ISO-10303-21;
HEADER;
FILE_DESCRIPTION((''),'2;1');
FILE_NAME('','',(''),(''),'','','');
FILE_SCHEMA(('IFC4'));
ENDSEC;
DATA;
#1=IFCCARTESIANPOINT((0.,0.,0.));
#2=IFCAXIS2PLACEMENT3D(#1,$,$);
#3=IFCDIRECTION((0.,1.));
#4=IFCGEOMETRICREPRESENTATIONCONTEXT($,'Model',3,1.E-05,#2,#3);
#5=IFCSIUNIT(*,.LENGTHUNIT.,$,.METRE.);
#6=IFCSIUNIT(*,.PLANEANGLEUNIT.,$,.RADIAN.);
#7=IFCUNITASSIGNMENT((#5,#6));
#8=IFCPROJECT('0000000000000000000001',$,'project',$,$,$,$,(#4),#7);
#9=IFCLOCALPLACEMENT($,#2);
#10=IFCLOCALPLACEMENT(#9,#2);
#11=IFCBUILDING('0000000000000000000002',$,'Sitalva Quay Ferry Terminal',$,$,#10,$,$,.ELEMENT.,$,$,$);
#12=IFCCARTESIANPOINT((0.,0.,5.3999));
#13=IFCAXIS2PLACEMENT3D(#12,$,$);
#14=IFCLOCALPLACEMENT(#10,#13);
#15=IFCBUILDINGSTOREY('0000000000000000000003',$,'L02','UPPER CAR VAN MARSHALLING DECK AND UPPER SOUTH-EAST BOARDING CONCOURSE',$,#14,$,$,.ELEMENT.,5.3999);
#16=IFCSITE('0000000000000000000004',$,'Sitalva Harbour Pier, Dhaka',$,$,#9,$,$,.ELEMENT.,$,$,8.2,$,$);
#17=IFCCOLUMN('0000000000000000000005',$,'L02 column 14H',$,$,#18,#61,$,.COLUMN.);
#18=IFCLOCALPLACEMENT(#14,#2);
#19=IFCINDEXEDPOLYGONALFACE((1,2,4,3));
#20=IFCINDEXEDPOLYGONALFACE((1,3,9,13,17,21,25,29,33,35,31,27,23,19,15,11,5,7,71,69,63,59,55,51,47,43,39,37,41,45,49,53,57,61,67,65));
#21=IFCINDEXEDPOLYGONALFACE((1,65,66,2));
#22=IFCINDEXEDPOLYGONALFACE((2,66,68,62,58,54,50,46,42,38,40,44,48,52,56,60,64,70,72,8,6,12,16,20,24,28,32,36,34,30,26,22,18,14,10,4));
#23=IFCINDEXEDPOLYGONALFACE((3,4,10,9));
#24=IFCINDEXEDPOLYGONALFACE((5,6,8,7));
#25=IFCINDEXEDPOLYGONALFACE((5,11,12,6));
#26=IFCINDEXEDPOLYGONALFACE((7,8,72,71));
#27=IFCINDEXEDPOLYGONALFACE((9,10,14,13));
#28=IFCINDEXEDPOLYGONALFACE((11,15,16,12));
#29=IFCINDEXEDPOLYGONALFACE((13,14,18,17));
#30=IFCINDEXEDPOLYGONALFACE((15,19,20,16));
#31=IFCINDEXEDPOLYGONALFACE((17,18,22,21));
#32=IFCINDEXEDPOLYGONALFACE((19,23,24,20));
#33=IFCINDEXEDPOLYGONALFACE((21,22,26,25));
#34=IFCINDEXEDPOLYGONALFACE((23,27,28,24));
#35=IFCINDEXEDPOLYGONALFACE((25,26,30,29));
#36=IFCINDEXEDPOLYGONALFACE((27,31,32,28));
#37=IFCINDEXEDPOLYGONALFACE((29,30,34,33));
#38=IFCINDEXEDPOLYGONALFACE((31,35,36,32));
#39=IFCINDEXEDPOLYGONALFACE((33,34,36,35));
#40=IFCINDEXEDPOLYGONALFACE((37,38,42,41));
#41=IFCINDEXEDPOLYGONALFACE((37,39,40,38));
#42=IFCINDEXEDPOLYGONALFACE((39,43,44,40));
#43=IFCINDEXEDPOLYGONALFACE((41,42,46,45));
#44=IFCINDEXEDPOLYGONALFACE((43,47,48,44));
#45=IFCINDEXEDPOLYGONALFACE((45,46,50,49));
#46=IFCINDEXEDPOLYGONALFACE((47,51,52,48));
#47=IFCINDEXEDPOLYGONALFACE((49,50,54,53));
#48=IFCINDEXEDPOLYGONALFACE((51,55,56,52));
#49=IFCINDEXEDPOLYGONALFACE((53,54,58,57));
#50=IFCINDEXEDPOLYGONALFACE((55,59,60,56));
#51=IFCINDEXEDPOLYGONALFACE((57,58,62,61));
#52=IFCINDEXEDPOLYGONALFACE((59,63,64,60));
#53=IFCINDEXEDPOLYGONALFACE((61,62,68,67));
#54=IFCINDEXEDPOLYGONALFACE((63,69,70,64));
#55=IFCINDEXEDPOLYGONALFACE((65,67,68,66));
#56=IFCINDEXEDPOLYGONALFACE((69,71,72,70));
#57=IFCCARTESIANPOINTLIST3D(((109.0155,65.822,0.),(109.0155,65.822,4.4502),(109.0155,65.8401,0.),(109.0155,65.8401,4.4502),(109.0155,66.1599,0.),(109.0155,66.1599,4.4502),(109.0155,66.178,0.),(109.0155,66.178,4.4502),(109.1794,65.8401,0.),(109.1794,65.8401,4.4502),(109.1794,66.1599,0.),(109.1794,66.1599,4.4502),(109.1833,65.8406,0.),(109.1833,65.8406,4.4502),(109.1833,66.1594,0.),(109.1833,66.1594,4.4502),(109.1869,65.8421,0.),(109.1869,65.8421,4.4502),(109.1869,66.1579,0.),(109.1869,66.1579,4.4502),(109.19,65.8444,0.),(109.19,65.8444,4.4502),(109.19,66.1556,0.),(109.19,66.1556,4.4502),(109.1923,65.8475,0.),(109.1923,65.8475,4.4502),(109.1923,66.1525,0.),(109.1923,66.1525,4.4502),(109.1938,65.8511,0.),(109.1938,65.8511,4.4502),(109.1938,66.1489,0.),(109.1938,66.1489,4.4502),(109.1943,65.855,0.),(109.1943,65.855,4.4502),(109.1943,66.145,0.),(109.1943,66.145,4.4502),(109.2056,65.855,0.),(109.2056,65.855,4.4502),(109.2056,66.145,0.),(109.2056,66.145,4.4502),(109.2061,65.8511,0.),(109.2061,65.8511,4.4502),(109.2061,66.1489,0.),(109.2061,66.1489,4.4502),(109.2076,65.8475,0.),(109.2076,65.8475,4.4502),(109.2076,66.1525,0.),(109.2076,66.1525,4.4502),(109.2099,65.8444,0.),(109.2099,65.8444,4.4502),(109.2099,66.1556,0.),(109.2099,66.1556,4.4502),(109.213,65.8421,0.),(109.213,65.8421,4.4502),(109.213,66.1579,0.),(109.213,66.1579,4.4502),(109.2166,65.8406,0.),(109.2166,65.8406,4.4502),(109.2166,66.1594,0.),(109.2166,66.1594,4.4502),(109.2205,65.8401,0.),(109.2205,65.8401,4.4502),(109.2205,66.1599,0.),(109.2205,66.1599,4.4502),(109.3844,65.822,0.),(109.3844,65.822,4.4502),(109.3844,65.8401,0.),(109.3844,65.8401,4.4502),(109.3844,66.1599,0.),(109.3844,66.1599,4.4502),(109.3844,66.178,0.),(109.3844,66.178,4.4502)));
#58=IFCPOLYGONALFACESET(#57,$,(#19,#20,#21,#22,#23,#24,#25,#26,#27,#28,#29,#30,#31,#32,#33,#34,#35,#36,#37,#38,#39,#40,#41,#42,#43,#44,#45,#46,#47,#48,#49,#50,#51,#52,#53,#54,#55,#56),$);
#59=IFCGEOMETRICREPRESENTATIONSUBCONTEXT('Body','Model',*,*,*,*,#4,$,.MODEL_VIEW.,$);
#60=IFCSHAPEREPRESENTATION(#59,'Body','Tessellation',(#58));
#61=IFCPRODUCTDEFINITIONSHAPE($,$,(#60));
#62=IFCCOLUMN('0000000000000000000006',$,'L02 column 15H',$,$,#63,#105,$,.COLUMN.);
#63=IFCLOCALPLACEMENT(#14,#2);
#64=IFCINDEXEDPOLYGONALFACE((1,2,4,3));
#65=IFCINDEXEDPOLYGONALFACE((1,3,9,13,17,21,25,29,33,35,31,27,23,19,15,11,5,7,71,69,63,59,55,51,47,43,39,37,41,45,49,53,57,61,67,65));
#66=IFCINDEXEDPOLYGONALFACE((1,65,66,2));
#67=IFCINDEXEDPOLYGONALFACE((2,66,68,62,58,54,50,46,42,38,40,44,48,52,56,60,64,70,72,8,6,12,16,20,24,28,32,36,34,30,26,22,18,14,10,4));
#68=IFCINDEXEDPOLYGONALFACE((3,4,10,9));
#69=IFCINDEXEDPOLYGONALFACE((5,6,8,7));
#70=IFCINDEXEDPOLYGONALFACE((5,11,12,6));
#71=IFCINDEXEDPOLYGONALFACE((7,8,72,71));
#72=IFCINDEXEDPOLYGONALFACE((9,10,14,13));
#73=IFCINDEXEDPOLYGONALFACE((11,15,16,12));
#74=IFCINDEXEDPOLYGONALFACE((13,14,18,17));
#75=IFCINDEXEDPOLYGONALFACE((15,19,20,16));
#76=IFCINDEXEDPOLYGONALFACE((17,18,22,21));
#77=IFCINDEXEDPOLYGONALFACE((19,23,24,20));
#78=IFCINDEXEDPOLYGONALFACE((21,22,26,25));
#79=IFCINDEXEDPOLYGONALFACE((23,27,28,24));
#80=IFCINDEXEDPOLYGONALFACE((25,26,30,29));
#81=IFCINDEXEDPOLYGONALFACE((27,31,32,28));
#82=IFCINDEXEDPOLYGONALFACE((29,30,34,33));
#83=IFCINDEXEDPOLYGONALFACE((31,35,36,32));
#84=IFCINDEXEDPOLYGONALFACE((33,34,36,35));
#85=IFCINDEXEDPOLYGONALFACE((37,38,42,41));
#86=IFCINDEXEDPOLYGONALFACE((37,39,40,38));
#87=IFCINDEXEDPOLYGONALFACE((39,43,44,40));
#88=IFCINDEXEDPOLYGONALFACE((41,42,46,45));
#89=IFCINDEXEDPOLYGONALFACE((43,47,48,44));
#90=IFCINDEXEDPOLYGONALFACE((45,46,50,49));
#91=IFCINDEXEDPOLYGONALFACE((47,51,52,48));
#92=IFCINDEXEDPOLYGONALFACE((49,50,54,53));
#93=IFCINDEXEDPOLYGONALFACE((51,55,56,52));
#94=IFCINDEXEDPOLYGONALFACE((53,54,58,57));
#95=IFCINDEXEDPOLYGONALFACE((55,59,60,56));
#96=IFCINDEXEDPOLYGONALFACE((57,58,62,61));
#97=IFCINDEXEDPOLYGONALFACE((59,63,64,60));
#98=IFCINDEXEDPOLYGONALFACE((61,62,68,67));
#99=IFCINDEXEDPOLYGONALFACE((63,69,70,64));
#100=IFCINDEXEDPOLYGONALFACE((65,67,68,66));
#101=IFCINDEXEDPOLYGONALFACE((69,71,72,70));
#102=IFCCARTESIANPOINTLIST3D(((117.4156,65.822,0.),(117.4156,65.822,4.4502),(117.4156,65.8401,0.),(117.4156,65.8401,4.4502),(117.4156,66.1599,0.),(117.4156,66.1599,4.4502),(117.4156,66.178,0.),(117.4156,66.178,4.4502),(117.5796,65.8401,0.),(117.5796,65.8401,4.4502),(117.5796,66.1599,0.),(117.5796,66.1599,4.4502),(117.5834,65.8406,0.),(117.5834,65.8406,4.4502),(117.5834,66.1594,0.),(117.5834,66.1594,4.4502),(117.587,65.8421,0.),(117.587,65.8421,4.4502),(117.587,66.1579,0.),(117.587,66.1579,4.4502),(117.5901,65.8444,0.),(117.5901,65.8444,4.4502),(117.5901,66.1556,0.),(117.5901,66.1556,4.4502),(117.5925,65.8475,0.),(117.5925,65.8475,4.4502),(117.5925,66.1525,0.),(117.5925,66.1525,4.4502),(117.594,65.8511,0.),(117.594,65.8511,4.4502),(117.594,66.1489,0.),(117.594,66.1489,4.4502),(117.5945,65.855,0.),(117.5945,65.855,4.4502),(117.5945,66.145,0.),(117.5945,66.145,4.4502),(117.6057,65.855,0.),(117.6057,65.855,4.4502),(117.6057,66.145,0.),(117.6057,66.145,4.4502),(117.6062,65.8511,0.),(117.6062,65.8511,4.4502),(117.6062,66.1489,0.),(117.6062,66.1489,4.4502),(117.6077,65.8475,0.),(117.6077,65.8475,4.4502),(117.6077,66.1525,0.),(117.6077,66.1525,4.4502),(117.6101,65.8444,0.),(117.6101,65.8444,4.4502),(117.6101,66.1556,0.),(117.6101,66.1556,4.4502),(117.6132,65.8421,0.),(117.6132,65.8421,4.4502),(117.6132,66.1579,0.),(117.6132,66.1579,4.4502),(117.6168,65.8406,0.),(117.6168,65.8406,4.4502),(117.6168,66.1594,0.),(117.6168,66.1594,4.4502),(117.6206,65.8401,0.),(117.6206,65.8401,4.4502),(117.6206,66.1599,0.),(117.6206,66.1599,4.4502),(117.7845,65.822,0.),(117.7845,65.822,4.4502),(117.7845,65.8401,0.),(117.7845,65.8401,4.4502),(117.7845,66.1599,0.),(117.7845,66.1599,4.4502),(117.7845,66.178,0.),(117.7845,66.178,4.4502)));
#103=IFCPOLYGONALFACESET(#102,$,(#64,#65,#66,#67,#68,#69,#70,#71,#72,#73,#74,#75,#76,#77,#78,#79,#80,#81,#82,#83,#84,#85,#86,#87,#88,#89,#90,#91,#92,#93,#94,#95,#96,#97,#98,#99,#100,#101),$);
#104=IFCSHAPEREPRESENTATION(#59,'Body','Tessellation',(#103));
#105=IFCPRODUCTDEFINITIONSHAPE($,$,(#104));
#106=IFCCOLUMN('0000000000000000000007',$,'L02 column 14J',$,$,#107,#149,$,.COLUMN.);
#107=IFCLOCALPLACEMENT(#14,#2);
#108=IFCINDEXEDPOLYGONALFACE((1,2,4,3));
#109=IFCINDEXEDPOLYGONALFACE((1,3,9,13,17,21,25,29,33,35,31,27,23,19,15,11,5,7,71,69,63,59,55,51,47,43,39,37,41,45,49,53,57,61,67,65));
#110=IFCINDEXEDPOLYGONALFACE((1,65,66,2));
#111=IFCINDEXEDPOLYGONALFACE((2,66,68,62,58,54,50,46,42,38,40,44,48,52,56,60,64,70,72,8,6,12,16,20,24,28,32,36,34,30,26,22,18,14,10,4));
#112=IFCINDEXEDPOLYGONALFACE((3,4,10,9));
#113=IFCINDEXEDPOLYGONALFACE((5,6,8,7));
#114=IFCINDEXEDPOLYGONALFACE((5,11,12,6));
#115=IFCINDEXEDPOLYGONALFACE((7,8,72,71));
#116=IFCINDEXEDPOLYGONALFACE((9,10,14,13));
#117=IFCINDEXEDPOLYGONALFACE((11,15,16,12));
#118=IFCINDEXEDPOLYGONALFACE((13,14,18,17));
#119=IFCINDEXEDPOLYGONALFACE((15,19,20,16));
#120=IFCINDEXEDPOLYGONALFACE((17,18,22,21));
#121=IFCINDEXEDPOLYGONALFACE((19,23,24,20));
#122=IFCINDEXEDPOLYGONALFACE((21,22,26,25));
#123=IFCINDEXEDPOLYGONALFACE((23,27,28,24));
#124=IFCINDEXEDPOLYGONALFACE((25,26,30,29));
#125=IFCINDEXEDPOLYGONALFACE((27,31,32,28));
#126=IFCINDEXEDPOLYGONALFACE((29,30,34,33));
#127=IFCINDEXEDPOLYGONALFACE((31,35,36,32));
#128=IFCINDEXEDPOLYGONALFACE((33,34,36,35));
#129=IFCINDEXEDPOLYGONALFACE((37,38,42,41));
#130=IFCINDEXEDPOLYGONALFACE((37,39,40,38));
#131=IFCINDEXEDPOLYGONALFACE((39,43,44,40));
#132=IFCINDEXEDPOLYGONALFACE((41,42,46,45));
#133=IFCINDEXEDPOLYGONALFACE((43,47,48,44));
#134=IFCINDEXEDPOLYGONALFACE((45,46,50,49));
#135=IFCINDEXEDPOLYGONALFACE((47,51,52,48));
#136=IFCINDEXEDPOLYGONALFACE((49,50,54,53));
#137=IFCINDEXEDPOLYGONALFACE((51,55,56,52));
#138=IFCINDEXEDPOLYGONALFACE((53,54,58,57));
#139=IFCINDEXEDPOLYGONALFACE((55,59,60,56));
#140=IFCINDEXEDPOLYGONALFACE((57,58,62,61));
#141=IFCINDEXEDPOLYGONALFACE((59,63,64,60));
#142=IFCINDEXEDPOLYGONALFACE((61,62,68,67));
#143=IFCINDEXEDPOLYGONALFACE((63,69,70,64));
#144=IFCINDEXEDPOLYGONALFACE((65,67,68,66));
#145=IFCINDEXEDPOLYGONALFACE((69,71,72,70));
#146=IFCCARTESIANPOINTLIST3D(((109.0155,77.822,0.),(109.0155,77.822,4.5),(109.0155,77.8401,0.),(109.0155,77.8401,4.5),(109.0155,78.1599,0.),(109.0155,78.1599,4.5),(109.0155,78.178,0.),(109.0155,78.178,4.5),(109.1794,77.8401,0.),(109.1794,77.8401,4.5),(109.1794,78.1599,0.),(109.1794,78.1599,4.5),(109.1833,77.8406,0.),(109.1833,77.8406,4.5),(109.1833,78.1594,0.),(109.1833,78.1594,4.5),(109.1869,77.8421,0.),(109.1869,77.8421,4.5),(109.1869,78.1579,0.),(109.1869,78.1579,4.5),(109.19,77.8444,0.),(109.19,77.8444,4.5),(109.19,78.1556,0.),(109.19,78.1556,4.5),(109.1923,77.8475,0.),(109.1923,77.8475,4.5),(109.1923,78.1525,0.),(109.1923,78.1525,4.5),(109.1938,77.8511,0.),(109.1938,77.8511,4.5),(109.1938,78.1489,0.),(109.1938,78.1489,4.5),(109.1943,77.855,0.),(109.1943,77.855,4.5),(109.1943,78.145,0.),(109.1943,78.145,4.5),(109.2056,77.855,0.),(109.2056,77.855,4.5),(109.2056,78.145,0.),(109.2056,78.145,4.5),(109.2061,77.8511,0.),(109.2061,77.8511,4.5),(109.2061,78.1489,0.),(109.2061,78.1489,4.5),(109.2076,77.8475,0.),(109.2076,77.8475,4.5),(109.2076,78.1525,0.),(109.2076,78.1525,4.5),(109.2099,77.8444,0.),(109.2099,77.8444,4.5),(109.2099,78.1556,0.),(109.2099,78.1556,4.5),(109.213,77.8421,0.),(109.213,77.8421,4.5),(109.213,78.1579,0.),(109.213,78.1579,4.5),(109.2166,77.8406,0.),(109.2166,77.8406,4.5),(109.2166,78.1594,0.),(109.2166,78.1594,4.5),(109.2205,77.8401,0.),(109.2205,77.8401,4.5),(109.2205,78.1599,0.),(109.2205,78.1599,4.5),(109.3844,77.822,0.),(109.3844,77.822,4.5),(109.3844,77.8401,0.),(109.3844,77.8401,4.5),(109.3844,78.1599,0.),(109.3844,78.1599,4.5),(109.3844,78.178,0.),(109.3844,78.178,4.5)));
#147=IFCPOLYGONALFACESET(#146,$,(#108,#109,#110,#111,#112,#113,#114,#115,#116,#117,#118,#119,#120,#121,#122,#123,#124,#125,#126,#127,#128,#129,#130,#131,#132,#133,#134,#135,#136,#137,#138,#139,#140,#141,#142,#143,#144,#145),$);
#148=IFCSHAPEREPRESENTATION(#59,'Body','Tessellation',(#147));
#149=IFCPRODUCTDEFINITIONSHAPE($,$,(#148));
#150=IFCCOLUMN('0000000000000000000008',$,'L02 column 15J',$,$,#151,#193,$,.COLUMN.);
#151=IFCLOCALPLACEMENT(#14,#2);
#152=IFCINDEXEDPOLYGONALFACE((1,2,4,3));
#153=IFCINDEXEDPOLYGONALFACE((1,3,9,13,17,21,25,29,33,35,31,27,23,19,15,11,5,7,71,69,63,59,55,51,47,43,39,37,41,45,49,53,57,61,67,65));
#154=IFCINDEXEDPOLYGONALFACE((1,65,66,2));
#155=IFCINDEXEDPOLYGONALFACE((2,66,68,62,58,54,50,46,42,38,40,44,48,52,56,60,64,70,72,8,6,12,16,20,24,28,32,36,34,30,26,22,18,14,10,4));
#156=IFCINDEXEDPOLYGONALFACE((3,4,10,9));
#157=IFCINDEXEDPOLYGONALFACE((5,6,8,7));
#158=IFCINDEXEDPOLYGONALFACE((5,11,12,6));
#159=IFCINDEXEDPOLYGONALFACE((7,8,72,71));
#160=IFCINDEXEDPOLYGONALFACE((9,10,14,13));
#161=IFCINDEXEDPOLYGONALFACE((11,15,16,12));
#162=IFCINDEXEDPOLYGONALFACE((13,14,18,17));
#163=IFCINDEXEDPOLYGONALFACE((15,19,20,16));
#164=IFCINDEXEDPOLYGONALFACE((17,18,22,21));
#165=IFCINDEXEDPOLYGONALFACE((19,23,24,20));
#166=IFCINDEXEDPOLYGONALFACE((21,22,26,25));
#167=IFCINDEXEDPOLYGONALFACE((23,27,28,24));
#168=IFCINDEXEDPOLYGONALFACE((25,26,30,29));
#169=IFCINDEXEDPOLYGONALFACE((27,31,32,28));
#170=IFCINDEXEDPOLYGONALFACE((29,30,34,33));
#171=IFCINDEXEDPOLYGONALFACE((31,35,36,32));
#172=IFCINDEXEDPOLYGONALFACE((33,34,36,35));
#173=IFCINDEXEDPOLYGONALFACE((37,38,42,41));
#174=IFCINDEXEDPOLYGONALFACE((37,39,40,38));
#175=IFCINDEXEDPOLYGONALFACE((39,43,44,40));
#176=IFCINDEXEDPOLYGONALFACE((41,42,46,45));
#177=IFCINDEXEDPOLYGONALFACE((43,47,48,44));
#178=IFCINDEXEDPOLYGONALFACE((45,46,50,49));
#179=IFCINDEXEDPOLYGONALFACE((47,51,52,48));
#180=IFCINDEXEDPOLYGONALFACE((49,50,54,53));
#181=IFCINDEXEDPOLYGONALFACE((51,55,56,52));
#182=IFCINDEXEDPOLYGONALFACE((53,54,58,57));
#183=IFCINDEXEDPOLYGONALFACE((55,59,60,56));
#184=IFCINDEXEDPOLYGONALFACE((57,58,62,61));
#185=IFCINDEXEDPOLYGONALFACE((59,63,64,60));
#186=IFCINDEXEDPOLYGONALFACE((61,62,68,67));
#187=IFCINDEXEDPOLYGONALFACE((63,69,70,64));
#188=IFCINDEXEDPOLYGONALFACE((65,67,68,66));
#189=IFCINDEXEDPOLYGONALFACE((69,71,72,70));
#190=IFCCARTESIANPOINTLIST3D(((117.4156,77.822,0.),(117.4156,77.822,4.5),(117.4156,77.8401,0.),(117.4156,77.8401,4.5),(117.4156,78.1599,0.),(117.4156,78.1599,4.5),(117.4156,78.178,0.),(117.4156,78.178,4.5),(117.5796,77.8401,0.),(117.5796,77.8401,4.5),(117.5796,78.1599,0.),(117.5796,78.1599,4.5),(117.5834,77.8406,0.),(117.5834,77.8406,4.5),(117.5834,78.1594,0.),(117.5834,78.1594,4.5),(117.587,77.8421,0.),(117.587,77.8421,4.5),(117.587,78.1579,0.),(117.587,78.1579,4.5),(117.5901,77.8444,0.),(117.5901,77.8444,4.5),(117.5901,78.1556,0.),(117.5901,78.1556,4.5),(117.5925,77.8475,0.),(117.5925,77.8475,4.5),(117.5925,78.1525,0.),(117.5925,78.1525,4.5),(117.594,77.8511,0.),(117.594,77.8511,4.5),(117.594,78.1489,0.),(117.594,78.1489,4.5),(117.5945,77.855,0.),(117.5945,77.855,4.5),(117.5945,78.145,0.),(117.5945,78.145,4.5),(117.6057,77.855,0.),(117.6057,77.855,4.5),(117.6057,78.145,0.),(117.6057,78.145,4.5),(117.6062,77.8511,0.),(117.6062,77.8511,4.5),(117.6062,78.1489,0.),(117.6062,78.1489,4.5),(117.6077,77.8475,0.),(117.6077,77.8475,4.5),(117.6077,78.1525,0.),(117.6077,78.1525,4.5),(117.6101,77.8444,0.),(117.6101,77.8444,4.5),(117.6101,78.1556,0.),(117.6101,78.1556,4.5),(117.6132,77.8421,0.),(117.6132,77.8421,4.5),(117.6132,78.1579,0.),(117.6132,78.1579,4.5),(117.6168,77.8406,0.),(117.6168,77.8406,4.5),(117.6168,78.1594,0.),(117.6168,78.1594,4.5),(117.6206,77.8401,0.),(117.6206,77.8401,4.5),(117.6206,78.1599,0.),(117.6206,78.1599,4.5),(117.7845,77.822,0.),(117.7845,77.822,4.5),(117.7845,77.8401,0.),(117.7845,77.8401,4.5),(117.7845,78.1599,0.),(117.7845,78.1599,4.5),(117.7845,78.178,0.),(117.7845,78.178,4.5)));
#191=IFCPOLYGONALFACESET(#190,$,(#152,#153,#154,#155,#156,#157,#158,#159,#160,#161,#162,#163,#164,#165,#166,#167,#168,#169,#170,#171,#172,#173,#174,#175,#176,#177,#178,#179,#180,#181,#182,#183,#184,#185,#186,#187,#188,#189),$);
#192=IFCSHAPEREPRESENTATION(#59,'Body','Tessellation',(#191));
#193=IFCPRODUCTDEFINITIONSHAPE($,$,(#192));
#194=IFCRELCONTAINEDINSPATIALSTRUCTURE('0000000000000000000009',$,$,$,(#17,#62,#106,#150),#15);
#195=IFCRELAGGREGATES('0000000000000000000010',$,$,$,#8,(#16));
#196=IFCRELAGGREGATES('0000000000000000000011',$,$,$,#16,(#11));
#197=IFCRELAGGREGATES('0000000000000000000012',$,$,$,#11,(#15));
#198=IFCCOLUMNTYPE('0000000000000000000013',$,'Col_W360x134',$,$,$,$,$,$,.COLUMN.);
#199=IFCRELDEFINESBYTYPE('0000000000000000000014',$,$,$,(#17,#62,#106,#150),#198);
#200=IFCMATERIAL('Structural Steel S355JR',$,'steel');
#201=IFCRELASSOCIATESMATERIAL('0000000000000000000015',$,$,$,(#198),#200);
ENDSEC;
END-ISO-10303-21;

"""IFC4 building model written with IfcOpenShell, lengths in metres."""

from ifc_helpers import new_model, si_unit, direction, frame, origin, origin_2d, place, context, subcontext, project, spatial, i_section, extrude, material, material_profile, profile_set, type_object, element, save


model = new_model("IFC4")

# Units and contexts
model_context = context("Model", 3, precision=1e-05, world=origin(), true_north=direction((0.0, 1.0)))
body_context = subcontext(model_context, "Body", "Model", "MODEL_VIEW")
ifc_project = project(units=[si_unit("LENGTHUNIT", "METRE"), si_unit("PLANEANGLEUNIT", "RADIAN")], contexts=[model_context])

# Site, building, storey
site_placement = place(None, origin())
site = spatial("IfcSite", under=ifc_project, at=site_placement, Name="Sitalva Harbour Pier, Dhaka", CompositionType="ELEMENT", RefElevation=8.2)
building_placement = place(site_placement, origin())
building = spatial("IfcBuilding", under=site, at=building_placement, Name="Sitalva Quay Ferry Terminal", CompositionType="ELEMENT")
storey_placement = place(building_placement, frame((0.0, 0.0, 5.3999)))
storey = spatial("IfcBuildingStorey", under=building, at=storey_placement, Name="L02", Description="UPPER CAR VAN MARSHALLING DECK AND UPPER SOUTH-EAST BOARDING CONCOURSE", CompositionType="ELEMENT", Elevation=5.3999)

# Columns
ifc_material_1 = material(Name="Structural Steel S355JR", Category="steel")
ifc_material_profile_1 = material_profile(ifc_material_1, i_section(OverallWidth=0.3689, OverallDepth=0.356, WebThickness=0.0112, FlangeThickness=0.0181, FilletRadius=0.0149, at=origin_2d()), Name="W360x134")
ifc_profile_set_1 = profile_set([ifc_material_profile_1], Name="Structural Steel S355JR")
column_type = type_object("IfcColumnType", Name="Col_W360x134", PredefinedType="COLUMN", material=ifc_profile_set_1)
for number, where, z_axis, x_axis, name in (
    (1, (109.2, 66.0, 0.0), (0.0, 0.0, 1.0), (1.0, 0.0, 0.0), "L02 column 14H"),
    (2, (117.6001, 66.0, 0.0), (0.0, 0.0, 1.0), (1.0, 0.0, 0.0), "L02 column 15H"),
):
    element("IfcColumn", number, at=place(storey_placement, frame(where, z_axis=z_axis, x_axis=x_axis)), inside=storey, type_object=column_type, Name=name, PredefinedType="COLUMN", context=body_context, shape_type="SweptSolid", body=[
        extrude(i_section(OverallWidth=0.3689, OverallDepth=0.356, WebThickness=0.0112, FlangeThickness=0.0181, FilletRadius=0.0149, at=origin_2d()), origin(), (0.0, 0.0, 1.0), 4.4502),
    ])
for number, where, z_axis, x_axis, name in (
    (3, (109.2, 78.0, 0.0), (0.0, 0.0, 1.0), (1.0, 0.0, 0.0), "L02 column 14J"),
    (4, (117.6001, 78.0, 0.0), (0.0, 0.0, 1.0), (1.0, 0.0, 0.0), "L02 column 15J"),
):
    element("IfcColumn", number, at=place(storey_placement, frame(where, z_axis=z_axis, x_axis=x_axis)), inside=storey, type_object=column_type, Name=name, PredefinedType="COLUMN", context=body_context, shape_type="SweptSolid", body=[
        extrude(i_section(OverallWidth=0.3689, OverallDepth=0.356, WebThickness=0.0112, FlangeThickness=0.0181, FilletRadius=0.0149, at=origin_2d()), origin(), (0.0, 0.0, 1.0), 4.5),
    ])

save(model, "model.ifc")
